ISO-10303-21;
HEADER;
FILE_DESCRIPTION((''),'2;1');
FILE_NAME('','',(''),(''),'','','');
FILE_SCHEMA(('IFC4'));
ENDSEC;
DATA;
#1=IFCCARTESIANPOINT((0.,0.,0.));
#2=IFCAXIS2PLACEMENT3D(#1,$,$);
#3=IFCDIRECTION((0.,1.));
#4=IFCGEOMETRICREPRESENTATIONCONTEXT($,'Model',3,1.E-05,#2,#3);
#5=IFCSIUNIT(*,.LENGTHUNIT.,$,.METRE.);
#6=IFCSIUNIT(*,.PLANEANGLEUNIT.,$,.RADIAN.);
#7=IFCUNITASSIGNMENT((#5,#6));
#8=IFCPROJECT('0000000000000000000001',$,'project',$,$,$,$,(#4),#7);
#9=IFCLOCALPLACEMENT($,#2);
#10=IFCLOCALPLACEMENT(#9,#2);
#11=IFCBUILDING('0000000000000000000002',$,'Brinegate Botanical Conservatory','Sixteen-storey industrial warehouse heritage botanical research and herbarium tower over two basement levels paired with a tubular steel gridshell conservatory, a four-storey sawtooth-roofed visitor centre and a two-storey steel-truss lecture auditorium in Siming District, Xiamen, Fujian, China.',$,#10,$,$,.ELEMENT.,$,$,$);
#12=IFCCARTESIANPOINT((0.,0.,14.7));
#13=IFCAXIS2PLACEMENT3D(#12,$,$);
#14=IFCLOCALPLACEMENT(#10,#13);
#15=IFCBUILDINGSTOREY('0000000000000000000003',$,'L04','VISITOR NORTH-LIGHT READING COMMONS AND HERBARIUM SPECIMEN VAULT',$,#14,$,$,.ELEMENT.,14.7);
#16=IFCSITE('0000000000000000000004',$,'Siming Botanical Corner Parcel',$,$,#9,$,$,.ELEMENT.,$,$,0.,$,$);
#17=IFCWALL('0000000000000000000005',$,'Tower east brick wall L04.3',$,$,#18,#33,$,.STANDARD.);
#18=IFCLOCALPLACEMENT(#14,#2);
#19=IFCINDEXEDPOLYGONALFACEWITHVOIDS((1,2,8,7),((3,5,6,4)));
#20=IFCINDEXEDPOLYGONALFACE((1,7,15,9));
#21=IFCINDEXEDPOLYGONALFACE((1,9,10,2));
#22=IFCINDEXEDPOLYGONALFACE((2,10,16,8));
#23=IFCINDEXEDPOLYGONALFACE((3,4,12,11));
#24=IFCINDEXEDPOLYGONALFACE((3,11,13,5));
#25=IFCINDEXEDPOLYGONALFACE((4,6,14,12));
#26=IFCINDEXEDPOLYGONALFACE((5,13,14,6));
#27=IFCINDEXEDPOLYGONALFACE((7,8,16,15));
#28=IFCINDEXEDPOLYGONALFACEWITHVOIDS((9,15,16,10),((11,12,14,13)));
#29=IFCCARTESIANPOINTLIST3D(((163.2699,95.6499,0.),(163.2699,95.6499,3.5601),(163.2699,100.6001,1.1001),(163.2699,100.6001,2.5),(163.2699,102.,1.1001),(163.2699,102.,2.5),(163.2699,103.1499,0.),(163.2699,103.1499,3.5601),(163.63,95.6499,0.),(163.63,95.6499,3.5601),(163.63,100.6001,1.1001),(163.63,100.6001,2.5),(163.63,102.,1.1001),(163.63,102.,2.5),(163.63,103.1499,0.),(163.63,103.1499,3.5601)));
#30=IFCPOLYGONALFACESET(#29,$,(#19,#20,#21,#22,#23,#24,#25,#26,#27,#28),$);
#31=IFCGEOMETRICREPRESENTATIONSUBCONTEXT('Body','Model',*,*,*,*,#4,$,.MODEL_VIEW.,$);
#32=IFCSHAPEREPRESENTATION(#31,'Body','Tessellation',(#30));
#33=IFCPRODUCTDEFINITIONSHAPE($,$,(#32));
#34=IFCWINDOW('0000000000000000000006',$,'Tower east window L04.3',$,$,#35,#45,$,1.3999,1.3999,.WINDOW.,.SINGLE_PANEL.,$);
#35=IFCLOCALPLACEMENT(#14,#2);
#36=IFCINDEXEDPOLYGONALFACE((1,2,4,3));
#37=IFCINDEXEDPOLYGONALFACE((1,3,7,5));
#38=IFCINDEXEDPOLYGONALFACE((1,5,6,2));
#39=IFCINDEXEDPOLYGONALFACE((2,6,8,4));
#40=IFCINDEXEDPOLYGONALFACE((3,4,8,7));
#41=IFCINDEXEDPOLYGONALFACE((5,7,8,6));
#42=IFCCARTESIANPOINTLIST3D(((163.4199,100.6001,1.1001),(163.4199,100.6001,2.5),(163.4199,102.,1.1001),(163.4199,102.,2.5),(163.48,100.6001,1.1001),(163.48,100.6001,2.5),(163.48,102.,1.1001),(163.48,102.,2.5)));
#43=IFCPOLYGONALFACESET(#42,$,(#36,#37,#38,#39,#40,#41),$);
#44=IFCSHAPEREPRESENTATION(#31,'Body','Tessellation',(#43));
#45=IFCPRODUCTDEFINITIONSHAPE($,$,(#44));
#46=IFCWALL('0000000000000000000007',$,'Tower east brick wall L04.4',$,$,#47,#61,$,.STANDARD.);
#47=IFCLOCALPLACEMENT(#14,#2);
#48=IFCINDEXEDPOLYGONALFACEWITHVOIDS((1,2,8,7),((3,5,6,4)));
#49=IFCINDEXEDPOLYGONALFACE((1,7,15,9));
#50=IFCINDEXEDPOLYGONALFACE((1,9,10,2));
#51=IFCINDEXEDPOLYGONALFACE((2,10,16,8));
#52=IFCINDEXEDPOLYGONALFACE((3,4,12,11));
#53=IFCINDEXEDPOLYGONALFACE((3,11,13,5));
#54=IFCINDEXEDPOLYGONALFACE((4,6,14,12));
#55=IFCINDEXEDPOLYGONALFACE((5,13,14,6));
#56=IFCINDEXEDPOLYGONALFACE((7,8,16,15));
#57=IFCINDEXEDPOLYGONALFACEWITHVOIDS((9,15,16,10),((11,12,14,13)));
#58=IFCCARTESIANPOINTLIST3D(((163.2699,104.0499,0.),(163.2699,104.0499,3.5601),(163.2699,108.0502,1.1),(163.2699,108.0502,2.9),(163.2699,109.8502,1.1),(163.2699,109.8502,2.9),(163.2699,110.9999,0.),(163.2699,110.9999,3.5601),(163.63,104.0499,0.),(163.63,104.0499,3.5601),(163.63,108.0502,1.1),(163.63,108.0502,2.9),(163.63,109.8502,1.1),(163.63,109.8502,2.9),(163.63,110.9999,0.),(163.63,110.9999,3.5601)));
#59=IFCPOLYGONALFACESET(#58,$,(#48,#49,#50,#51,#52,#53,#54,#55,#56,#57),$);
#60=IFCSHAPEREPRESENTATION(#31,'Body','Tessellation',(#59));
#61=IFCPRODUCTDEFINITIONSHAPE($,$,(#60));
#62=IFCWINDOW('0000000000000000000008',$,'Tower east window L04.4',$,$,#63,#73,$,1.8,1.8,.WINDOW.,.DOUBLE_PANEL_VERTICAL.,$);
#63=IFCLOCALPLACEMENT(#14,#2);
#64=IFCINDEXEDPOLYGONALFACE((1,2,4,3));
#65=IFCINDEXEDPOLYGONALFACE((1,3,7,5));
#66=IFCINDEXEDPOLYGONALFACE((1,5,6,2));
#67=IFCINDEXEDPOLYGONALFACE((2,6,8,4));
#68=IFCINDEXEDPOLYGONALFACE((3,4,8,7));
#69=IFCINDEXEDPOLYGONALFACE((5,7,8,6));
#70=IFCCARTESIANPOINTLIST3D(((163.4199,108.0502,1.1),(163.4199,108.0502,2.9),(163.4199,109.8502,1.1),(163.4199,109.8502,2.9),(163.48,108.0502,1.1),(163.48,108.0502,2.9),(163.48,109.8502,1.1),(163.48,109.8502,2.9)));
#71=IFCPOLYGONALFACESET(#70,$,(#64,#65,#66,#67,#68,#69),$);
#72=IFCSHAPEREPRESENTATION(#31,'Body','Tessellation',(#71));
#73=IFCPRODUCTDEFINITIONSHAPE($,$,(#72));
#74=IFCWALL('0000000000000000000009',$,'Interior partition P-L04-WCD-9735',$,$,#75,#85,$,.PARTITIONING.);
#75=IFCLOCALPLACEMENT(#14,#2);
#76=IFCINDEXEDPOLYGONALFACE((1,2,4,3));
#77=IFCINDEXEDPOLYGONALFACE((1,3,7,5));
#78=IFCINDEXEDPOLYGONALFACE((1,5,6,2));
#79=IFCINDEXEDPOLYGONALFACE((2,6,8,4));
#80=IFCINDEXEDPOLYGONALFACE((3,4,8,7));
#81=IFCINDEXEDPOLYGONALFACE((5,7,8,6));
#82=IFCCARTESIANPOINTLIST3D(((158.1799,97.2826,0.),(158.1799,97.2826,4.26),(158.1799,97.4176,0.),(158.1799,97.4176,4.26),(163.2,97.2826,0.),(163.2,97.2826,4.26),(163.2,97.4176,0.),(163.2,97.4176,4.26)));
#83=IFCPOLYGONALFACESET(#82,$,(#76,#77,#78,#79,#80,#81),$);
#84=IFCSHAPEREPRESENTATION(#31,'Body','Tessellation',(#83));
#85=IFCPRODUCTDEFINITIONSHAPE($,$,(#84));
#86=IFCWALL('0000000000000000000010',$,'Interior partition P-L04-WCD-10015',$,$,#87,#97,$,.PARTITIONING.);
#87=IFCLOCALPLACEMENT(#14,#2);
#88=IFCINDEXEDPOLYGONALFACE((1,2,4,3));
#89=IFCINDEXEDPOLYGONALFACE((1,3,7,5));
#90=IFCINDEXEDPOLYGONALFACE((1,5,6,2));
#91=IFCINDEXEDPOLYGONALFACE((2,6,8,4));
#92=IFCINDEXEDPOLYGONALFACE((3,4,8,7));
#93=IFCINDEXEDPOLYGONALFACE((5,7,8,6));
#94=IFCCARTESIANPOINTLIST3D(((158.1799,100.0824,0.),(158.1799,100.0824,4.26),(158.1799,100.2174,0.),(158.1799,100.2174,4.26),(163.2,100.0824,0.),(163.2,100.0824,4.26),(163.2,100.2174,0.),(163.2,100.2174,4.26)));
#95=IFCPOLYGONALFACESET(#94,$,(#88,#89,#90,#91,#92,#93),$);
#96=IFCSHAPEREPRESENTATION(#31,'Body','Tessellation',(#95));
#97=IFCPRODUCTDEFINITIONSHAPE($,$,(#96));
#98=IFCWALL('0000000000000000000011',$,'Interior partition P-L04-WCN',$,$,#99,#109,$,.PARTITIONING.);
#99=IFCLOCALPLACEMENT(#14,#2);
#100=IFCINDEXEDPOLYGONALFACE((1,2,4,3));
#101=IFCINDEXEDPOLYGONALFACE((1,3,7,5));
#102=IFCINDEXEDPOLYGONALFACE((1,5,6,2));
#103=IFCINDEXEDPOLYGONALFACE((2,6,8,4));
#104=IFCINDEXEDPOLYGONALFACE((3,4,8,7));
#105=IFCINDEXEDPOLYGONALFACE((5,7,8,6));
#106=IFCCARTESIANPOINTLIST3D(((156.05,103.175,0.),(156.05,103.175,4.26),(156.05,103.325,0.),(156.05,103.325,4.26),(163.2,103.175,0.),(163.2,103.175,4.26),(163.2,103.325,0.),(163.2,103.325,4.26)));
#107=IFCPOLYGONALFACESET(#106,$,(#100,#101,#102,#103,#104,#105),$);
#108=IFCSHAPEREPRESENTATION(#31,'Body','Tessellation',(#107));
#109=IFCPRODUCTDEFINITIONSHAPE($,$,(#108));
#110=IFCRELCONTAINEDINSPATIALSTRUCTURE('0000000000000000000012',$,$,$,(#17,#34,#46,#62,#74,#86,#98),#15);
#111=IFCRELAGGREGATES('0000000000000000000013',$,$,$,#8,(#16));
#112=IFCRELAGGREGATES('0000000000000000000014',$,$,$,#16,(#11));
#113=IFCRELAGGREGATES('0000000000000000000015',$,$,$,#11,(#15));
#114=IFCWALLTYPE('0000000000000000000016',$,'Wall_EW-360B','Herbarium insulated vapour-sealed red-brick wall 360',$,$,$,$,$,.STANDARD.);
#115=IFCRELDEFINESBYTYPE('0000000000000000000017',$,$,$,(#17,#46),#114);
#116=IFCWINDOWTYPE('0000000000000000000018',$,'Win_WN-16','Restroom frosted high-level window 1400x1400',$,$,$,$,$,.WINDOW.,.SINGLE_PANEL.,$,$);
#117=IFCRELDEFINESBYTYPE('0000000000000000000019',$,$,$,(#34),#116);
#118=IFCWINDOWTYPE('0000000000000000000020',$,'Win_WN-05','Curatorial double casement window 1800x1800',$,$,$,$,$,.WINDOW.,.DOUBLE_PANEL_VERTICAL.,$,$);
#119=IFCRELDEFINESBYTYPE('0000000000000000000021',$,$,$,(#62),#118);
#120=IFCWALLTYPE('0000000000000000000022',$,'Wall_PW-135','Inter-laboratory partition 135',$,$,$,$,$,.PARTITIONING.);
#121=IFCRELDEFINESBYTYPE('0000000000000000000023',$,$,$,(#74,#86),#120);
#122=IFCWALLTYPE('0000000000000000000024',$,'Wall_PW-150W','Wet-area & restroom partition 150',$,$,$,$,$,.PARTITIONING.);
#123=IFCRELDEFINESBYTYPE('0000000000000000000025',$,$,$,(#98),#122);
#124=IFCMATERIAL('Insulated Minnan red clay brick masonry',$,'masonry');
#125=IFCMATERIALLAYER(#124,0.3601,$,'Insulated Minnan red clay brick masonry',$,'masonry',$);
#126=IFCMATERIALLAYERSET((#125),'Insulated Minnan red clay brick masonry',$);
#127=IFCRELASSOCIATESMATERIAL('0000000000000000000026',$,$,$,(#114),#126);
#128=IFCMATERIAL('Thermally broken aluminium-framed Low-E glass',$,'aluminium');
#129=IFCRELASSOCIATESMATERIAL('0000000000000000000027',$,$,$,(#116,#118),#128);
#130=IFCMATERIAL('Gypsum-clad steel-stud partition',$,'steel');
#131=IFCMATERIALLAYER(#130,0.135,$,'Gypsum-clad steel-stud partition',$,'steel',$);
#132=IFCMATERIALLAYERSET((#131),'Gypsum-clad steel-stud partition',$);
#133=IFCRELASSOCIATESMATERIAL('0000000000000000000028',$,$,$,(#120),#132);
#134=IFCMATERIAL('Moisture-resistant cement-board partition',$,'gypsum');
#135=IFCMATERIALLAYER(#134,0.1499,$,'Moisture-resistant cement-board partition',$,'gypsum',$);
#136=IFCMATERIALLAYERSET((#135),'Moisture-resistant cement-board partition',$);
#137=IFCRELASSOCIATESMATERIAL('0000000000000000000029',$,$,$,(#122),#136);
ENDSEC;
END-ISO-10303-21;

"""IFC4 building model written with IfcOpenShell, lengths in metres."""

from ifc_helpers import new_model, si_unit, direction, frame, frame_2d, origin, place, context, subcontext, project, spatial, rectangle, extrude, material, layer, layer_set, type_object, element, fill, save


model = new_model("IFC4")

# Units and contexts
model_context = context("Model", 3, precision=1e-05, world=origin(), true_north=direction((0.0, 1.0)))
body_context = subcontext(model_context, "Body", "Model", "MODEL_VIEW")
ifc_project = project(units=[si_unit("LENGTHUNIT", "METRE"), si_unit("PLANEANGLEUNIT", "RADIAN")], contexts=[model_context])

# Site, building, storey
site_placement = place(None, origin())
site = spatial("IfcSite", under=ifc_project, at=site_placement, Name="Siming Botanical Corner Parcel", CompositionType="ELEMENT", RefElevation=0.0)
building_placement = place(site_placement, origin())
building = spatial("IfcBuilding", under=site, at=building_placement, Name="Brinegate Botanical Conservatory", Description="Sixteen-storey industrial warehouse heritage botanical research and herbarium tower over two basement levels paired with a tubular steel gridshell conservatory, a four-storey sawtooth-roofed visitor centre and a two-storey steel-truss lecture auditorium in Siming District, Xiamen, Fujian, China.", CompositionType="ELEMENT")
storey_placement = place(building_placement, frame((0.0, 0.0, 14.7)))
storey = spatial("IfcBuildingStorey", under=building, at=storey_placement, Name="L04", Description="VISITOR NORTH-LIGHT READING COMMONS AND HERBARIUM SPECIMEN VAULT", CompositionType="ELEMENT", Elevation=14.7)

# Shared definitions
ifc_material_1 = material(Name="Insulated Minnan red clay brick masonry", Category="masonry")
ifc_layer_1 = layer(ifc_material_1, 0.3601, Name="Insulated Minnan red clay brick masonry", Category="masonry")
ifc_layer_set_1 = layer_set([ifc_layer_1], Name="Insulated Minnan red clay brick masonry")
wall_type_1 = type_object("IfcWallType", Name="Wall_EW-360B", Description="Herbarium insulated vapour-sealed red-brick wall 360", PredefinedType="STANDARD", material=ifc_layer_set_1)
ifc_material_2 = material(Name="Thermally broken aluminium-framed Low-E glass", Category="aluminium")

# Walls, openings, windows
wall_1_placement = place(storey_placement, frame((163.45, 103.1499, 0.0), z_axis=(0.0, 0.0, 1.0), x_axis=(0.0, -1.0, 0.0)))
wall_1 = element("IfcWall", 1, at=wall_1_placement, inside=storey, type_object=wall_type_1, Name="Tower east brick wall L04.3", PredefinedType="STANDARD", context=body_context, shape_type="SweptSolid", body=[
    extrude(rectangle(XDim=7.5, YDim=0.3601, at=frame_2d((3.75, 0.0))), origin(), (0.0, 0.0, 1.0), 3.5601),
])
opening_1_placement = place(wall_1_placement, frame((1.1499, 0.0, 1.1001)))
opening_1 = element("IfcOpeningElement", 2, at=opening_1_placement, cuts=wall_1, PredefinedType="OPENING", context=body_context, shape_type="SweptSolid", body=[
    extrude(rectangle(XDim=1.3999, YDim=1.3999, at=frame_2d((0.7, 0.7))), frame((0.0, 0.1899, 0.0), z_axis=(0.0, -1.0, 0.0), x_axis=(1.0, 0.0, 0.0)), (0.0, 0.0, 1.0), 0.3801),
])
window_type_1 = type_object("IfcWindowType", Name="Win_WN-16", Description="Restroom frosted high-level window 1400x1400", PartitioningType="SINGLE_PANEL", PredefinedType="WINDOW", material=ifc_material_2)
window_1_placement = place(opening_1_placement, origin())
window_1 = element("IfcWindow", 3, at=window_1_placement, inside=storey, type_object=window_type_1, Name="Tower east window L04.3", OverallHeight=1.3999, OverallWidth=1.3999, PartitioningType="SINGLE_PANEL", PredefinedType="WINDOW", context=body_context, shape_type="SweptSolid", body=[
    extrude(rectangle(XDim=1.3999, YDim=1.3999, at=frame_2d((0.7, 0.7))), frame((0.0, 0.03, 0.0), z_axis=(0.0, -1.0, 0.0), x_axis=(1.0, 0.0, 0.0)), (0.0, 0.0, 1.0), 0.0601),
])
fill(opening_1, window_1)
wall_2_placement = place(storey_placement, frame((163.45, 111.0, 0.0), z_axis=(0.0, 0.0, 1.0), x_axis=(0.0, -1.0, 0.0)))
wall_2 = element("IfcWall", 4, at=wall_2_placement, inside=storey, type_object=wall_type_1, Name="Tower east brick wall L04.4", PredefinedType="STANDARD", context=body_context, shape_type="SweptSolid", body=[
    extrude(rectangle(XDim=6.95, YDim=0.3601, at=frame_2d((3.4751, 0.0))), origin(), (0.0, 0.0, 1.0), 3.5601),
])
opening_2_placement = place(wall_2_placement, frame((1.1499, 0.0, 1.1001)))
opening_2 = element("IfcOpeningElement", 5, at=opening_2_placement, cuts=wall_2, PredefinedType="OPENING", context=body_context, shape_type="SweptSolid", body=[
    extrude(rectangle(XDim=1.8, YDim=1.8, at=frame_2d((0.8999, 0.8999))), frame((0.0, 0.1899, 0.0), z_axis=(0.0, -1.0, 0.0), x_axis=(1.0, 0.0, 0.0)), (0.0, 0.0, 1.0), 0.3801),
])
window_type_2 = type_object("IfcWindowType", Name="Win_WN-05", Description="Curatorial double casement window 1800x1800", PartitioningType="DOUBLE_PANEL_VERTICAL", PredefinedType="WINDOW", material=ifc_material_2)
window_2_placement = place(opening_2_placement, origin())
window_2 = element("IfcWindow", 6, at=window_2_placement, inside=storey, type_object=window_type_2, Name="Tower east window L04.4", OverallHeight=1.8, OverallWidth=1.8, PartitioningType="DOUBLE_PANEL_VERTICAL", PredefinedType="WINDOW", context=body_context, shape_type="SweptSolid", body=[
    extrude(rectangle(XDim=1.8, YDim=1.8, at=frame_2d((0.8999, 0.8999))), frame((0.0, 0.03, 0.0), z_axis=(0.0, -1.0, 0.0), x_axis=(1.0, 0.0, 0.0)), (0.0, 0.0, 1.0), 0.0601),
])
fill(opening_2, window_2)

# Walls
ifc_material_3 = material(Name="Gypsum-clad steel-stud partition", Category="steel")
ifc_layer_2 = layer(ifc_material_3, 0.135, Name="Gypsum-clad steel-stud partition", Category="steel")
ifc_layer_set_2 = layer_set([ifc_layer_2], Name="Gypsum-clad steel-stud partition")
wall_type_2 = type_object("IfcWallType", Name="Wall_PW-135", Description="Inter-laboratory partition 135", PredefinedType="PARTITIONING", material=ifc_layer_set_2)
for number, where, z_axis, x_axis, name in (
    (7, (158.1799, 97.3501, 0.0), (0.0, 0.0, 1.0), (1.0, 0.0, 0.0), "Interior partition P-L04-WCD-9735"),
    (8, (158.1799, 100.1499, 0.0), (0.0, 0.0, 1.0), (1.0, 0.0, 0.0), "Interior partition P-L04-WCD-10015"),
):
    element("IfcWall", number, at=place(storey_placement, frame(where, z_axis=z_axis, x_axis=x_axis)), inside=storey, type_object=wall_type_2, Name=name, PredefinedType="PARTITIONING", context=body_context, shape_type="SweptSolid", body=[
        extrude(rectangle(XDim=5.02, YDim=0.135, at=frame_2d((2.51, 0.0))), origin(), (0.0, 0.0, 1.0), 4.26),
    ])
ifc_material_4 = material(Name="Moisture-resistant cement-board partition", Category="gypsum")
ifc_layer_3 = layer(ifc_material_4, 0.1499, Name="Moisture-resistant cement-board partition", Category="gypsum")
ifc_layer_set_3 = layer_set([ifc_layer_3], Name="Moisture-resistant cement-board partition")
wall_type_3 = type_object("IfcWallType", Name="Wall_PW-150W", Description="Wet-area & restroom partition 150", PredefinedType="PARTITIONING", material=ifc_layer_set_3)
wall_3_placement = place(storey_placement, frame((156.05, 103.25, 0.0), z_axis=(0.0, 0.0, 1.0), x_axis=(1.0, 0.0, 0.0)))
element("IfcWall", 9, at=wall_3_placement, inside=storey, type_object=wall_type_3, Name="Interior partition P-L04-WCN", PredefinedType="PARTITIONING", context=body_context, shape_type="SweptSolid", body=[
    extrude(rectangle(XDim=7.1499, YDim=0.1499, at=frame_2d((3.575, 0.0))), origin(), (0.0, 0.0, 1.0), 4.26),
])

save(model, "model.ifc")
